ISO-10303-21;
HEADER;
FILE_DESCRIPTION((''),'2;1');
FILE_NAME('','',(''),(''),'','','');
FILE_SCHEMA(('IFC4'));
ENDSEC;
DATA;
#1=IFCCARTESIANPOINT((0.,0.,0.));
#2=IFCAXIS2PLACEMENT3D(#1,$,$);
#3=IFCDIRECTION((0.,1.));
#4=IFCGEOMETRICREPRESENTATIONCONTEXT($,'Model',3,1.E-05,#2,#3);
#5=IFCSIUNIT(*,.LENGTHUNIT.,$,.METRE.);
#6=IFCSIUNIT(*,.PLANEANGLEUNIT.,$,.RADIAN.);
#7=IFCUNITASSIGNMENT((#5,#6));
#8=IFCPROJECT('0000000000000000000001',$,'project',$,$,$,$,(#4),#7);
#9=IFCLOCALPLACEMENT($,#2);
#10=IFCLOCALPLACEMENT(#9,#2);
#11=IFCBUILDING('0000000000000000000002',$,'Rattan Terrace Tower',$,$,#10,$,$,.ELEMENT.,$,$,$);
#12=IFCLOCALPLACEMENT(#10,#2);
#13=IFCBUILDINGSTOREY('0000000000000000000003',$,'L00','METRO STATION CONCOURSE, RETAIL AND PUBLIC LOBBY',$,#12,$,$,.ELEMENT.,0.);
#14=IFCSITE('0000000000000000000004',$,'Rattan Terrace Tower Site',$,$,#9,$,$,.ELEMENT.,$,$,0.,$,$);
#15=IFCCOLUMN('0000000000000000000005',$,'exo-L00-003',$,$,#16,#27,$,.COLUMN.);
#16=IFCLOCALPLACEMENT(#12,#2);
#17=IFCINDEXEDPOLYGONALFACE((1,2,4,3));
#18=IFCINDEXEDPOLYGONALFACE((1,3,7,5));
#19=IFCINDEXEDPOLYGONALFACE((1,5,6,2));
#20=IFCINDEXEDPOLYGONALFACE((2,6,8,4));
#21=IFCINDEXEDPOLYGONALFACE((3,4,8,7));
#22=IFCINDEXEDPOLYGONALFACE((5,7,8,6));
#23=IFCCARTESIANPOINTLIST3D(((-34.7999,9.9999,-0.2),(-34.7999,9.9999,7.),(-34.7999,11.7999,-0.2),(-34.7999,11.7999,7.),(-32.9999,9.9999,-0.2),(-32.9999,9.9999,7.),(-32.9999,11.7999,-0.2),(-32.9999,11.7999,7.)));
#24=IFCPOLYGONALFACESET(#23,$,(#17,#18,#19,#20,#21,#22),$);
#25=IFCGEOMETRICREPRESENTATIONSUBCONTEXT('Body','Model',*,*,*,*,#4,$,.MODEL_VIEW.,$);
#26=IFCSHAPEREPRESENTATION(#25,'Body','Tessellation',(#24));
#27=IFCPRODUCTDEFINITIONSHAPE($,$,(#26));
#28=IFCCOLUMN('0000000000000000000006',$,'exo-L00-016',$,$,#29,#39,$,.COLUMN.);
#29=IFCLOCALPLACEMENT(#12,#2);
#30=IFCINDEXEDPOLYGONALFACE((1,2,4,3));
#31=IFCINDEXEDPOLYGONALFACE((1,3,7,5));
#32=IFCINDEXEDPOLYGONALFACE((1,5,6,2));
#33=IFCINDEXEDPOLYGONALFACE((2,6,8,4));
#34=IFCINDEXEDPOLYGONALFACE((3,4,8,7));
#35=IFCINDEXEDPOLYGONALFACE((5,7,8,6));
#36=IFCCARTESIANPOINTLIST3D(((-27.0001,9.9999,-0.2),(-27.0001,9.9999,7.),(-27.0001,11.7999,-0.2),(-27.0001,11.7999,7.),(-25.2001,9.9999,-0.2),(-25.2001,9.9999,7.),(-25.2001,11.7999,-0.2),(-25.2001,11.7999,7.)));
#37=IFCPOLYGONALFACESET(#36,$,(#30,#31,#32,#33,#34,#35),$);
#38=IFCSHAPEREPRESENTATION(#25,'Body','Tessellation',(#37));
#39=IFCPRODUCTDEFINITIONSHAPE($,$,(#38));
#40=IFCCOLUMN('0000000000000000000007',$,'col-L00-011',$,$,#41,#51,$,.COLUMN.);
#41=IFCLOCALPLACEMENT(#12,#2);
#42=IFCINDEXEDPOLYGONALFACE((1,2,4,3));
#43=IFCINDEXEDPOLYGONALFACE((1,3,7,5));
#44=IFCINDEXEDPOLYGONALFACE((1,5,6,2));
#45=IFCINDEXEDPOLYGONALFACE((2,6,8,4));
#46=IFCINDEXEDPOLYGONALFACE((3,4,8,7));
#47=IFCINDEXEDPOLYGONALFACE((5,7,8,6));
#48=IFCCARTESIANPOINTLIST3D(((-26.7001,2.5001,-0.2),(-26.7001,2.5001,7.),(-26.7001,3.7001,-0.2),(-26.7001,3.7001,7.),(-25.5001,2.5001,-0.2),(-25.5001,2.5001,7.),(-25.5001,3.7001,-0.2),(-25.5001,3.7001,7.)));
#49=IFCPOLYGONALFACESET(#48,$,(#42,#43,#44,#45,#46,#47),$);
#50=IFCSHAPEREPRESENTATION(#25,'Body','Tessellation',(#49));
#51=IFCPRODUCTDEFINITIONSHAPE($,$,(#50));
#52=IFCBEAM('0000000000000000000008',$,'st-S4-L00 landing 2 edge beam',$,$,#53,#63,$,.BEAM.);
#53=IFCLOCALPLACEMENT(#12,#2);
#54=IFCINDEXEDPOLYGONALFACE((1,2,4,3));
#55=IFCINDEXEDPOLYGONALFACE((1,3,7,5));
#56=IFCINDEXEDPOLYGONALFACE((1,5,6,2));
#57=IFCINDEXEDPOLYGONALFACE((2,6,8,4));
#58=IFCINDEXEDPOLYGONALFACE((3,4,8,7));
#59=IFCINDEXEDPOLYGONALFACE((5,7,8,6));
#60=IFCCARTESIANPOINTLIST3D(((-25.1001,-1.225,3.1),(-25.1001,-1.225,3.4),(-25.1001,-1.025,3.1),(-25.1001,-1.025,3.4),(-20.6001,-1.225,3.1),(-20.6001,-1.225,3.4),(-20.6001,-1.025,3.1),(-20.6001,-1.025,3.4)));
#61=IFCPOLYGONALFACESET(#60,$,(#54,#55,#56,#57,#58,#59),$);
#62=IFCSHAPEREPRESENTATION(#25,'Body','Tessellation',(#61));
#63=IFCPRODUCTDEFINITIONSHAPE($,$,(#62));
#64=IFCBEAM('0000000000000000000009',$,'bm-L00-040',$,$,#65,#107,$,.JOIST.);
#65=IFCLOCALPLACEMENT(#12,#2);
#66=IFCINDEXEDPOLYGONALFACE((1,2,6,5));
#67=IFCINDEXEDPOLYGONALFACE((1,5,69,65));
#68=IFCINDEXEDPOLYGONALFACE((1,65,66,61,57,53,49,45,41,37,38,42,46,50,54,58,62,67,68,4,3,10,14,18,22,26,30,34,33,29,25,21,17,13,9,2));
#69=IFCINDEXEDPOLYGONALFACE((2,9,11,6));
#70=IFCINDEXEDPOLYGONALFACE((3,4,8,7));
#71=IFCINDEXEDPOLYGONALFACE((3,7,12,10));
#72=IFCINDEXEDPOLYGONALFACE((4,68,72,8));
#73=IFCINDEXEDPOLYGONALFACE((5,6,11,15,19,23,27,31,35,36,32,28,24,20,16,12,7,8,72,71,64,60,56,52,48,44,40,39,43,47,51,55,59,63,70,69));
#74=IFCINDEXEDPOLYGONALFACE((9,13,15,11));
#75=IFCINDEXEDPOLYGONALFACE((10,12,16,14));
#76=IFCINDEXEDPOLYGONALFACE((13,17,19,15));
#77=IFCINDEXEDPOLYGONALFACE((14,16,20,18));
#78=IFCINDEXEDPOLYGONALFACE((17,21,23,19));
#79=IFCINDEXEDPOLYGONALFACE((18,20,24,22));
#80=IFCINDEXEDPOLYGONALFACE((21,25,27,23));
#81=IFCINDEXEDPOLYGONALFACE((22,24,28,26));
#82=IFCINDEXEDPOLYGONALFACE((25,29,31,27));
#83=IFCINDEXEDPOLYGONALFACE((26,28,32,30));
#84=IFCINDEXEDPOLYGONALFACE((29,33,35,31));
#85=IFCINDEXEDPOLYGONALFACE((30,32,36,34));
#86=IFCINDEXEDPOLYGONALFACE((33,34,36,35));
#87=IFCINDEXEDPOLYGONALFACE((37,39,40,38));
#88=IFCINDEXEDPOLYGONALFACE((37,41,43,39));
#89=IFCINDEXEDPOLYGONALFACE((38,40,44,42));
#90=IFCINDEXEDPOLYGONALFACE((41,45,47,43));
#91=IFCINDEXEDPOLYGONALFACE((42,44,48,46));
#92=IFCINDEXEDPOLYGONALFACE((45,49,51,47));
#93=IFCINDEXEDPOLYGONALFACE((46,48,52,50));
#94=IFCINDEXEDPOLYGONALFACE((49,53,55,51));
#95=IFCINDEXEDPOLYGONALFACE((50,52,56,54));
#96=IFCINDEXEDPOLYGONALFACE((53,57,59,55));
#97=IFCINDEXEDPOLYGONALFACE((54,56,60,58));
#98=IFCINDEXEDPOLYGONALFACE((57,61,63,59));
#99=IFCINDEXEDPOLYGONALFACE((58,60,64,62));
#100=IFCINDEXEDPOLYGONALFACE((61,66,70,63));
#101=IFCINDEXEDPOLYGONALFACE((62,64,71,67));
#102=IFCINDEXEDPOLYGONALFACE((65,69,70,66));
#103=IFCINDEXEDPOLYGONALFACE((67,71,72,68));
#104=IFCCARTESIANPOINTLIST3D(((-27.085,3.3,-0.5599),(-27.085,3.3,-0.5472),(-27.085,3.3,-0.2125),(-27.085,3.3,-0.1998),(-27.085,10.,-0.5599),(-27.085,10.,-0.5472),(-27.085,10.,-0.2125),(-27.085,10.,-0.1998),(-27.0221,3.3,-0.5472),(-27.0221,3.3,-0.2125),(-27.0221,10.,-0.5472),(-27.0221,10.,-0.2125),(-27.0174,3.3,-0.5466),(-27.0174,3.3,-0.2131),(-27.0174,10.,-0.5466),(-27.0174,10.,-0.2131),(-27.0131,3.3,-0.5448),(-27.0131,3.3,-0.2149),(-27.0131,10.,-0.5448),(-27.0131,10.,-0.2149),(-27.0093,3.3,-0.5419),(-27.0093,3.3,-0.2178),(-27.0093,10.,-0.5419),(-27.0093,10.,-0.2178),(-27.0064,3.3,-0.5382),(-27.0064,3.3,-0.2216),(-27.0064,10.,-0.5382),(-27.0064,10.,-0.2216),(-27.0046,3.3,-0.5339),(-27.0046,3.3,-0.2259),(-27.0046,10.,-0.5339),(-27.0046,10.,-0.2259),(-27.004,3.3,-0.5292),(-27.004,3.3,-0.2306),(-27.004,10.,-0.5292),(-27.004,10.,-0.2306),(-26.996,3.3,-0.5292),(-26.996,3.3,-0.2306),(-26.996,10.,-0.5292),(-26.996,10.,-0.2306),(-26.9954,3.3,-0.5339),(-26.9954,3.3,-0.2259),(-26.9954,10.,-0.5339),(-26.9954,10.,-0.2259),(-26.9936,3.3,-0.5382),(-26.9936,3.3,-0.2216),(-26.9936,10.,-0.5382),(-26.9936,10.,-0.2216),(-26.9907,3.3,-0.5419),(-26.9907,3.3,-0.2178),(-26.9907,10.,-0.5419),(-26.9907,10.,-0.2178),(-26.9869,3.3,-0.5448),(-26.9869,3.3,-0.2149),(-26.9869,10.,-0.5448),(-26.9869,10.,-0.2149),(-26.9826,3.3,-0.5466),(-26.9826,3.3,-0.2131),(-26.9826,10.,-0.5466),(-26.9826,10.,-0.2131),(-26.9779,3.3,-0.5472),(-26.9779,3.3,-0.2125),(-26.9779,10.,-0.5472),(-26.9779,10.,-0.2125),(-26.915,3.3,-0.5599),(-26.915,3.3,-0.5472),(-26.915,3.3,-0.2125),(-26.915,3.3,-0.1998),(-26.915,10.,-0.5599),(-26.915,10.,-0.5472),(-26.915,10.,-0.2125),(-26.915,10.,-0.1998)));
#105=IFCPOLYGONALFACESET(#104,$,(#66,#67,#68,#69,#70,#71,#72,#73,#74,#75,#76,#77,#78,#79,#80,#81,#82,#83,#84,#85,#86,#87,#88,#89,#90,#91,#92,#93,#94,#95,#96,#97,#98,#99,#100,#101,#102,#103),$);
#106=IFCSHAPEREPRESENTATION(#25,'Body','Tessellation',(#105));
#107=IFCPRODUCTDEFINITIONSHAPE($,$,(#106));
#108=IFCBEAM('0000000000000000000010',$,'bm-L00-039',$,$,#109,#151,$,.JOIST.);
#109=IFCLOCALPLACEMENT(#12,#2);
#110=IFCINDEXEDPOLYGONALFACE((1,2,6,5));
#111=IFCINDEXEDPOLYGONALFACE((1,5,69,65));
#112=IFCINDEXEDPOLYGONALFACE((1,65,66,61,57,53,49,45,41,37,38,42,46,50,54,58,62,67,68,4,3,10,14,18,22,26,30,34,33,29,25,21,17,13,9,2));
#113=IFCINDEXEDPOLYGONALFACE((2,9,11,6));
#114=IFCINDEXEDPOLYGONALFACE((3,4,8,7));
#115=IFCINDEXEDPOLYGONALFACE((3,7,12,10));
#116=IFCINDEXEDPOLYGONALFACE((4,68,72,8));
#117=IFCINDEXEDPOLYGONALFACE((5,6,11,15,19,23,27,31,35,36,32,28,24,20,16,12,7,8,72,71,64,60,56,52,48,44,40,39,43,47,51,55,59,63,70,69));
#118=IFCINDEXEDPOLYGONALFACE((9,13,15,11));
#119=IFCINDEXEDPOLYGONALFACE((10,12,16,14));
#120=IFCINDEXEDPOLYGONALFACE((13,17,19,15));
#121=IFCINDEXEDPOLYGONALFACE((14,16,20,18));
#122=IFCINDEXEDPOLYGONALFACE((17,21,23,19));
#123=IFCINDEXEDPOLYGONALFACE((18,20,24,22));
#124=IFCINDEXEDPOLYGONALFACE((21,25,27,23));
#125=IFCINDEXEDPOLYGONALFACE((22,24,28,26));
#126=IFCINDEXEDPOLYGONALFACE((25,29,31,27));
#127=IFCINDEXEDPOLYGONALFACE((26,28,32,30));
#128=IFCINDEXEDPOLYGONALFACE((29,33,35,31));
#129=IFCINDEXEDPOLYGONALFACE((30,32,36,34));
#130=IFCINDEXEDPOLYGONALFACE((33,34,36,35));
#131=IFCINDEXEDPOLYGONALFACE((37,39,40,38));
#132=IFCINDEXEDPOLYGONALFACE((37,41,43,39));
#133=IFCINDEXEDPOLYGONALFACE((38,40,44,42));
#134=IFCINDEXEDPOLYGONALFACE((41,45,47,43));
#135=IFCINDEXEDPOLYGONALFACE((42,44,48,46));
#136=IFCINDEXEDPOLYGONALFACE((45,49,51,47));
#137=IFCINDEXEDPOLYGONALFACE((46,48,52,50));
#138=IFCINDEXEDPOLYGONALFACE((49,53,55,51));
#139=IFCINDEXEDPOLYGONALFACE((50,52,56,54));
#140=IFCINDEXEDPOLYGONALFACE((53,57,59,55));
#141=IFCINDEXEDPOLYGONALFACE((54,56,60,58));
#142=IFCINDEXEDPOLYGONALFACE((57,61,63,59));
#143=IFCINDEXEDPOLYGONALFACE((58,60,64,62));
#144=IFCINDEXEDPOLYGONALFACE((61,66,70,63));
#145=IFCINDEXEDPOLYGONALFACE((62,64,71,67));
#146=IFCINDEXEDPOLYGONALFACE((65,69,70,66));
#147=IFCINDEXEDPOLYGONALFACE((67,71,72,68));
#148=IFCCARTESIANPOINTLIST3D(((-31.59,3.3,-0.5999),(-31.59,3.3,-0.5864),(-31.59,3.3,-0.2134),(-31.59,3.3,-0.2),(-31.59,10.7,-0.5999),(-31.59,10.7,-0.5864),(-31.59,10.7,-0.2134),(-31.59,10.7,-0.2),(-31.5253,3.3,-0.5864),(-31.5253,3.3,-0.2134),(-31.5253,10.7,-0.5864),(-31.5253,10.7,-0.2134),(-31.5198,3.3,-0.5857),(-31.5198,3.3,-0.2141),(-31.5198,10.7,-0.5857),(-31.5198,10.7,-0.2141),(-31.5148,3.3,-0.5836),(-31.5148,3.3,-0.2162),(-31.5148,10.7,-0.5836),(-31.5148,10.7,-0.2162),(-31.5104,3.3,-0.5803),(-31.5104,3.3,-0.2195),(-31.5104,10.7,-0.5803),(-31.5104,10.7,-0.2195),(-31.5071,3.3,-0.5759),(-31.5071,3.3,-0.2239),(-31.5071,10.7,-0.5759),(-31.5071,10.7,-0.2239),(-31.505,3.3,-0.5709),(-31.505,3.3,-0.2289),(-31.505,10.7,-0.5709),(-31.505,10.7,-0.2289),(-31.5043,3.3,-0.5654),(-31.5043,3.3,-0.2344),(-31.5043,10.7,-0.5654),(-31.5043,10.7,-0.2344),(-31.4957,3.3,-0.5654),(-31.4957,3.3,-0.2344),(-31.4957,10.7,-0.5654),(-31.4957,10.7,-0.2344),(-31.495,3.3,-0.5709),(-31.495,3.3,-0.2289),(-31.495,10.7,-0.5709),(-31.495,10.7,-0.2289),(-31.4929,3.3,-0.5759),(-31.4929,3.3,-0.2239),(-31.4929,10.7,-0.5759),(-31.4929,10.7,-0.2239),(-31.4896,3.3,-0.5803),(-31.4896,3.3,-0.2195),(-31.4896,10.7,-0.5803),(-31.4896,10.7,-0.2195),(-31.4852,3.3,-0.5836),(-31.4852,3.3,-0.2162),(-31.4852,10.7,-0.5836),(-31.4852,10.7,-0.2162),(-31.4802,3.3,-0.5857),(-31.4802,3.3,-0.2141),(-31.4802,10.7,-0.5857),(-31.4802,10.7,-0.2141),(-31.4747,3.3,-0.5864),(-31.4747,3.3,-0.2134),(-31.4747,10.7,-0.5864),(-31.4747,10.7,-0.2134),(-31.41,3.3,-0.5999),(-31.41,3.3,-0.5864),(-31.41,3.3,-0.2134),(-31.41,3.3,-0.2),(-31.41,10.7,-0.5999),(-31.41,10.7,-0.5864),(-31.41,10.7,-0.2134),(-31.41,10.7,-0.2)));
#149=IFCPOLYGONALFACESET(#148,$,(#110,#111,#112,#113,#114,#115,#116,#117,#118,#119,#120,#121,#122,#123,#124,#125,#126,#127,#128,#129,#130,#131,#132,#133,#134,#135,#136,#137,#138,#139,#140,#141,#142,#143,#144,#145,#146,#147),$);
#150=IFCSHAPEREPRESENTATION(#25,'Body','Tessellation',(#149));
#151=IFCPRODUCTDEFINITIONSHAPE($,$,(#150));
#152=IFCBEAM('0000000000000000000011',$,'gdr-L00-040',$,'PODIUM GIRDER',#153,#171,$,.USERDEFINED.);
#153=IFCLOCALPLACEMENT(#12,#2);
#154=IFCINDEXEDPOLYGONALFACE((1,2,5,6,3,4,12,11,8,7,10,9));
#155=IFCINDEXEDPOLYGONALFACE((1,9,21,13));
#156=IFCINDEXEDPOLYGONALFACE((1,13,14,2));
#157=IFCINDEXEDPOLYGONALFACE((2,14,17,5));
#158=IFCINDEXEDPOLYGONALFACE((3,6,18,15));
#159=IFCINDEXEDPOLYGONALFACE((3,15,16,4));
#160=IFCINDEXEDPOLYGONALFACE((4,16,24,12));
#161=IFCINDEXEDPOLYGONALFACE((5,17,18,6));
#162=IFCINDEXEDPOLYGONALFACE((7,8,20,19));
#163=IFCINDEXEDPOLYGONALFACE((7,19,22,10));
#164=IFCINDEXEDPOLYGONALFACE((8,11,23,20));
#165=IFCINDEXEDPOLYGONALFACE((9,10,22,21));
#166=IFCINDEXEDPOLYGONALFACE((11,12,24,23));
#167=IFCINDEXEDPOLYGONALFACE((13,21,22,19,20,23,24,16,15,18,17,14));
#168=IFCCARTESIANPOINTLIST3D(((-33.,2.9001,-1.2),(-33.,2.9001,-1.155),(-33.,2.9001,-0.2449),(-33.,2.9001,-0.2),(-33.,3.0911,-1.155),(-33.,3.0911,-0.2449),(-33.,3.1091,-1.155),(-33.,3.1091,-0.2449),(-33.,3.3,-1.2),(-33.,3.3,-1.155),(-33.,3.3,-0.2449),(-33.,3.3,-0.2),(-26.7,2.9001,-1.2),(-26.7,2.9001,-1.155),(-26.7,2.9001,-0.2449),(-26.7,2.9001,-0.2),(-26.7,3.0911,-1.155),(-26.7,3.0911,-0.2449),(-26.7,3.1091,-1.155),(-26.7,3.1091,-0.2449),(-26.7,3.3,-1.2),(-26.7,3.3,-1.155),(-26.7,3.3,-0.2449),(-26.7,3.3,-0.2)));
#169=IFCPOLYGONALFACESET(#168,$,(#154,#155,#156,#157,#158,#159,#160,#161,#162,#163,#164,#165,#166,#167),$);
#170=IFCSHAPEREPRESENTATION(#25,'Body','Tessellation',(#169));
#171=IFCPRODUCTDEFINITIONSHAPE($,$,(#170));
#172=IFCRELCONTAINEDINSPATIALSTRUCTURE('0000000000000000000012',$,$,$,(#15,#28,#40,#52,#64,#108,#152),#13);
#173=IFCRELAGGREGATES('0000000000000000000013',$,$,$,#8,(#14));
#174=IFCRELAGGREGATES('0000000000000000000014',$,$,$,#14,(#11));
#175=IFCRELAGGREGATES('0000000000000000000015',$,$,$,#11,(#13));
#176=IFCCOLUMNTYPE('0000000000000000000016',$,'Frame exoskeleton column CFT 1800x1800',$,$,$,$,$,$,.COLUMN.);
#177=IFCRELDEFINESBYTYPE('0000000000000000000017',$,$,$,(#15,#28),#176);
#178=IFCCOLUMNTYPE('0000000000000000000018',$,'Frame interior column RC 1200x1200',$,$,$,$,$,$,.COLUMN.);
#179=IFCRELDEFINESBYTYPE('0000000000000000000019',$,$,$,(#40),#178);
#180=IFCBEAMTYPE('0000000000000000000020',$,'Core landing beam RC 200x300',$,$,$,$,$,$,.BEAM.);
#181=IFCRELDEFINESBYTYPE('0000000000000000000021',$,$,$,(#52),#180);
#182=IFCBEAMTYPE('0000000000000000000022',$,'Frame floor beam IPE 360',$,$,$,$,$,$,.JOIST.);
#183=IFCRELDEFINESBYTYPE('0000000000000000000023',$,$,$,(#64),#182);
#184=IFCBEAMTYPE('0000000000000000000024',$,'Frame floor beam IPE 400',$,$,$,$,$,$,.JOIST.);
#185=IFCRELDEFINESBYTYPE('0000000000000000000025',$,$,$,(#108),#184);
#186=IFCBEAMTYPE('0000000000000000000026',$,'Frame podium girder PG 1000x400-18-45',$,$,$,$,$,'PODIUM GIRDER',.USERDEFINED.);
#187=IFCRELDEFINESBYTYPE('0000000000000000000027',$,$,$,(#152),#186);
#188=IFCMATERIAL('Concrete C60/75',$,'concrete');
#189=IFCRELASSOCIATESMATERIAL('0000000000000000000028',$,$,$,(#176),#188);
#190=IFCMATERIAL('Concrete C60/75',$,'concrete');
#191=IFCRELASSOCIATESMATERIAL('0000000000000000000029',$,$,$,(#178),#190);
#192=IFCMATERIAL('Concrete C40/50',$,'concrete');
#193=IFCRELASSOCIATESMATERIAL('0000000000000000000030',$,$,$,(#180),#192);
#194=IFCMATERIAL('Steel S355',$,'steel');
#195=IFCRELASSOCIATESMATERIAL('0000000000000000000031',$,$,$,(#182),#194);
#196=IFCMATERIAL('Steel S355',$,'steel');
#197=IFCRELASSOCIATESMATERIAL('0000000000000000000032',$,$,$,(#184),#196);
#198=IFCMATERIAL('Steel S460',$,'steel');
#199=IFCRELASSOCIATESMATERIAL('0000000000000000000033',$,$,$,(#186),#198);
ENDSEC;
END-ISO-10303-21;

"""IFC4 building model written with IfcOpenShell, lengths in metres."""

from ifc_helpers import new_model, si_unit, direction, frame, origin, origin_2d, place, context, subcontext, project, spatial, rectangle, i_section, extrude, material, material_profile, profile_set, type_object, element, save


model = new_model("IFC4")

# Units and contexts
model_context = context("Model", 3, precision=1e-05, world=origin(), true_north=direction((0.0, 1.0)))
body_context = subcontext(model_context, "Body", "Model", "MODEL_VIEW")
ifc_project = project(units=[si_unit("LENGTHUNIT", "METRE"), si_unit("PLANEANGLEUNIT", "RADIAN")], contexts=[model_context])

# Site, building, storey
site_placement = place(None, origin())
site = spatial("IfcSite", under=ifc_project, at=site_placement, Name="Rattan Terrace Tower Site", CompositionType="ELEMENT", RefElevation=0.0)
building_placement = place(site_placement, origin())
building = spatial("IfcBuilding", under=site, at=building_placement, Name="Rattan Terrace Tower", CompositionType="ELEMENT")
storey_placement = place(building_placement, origin())
storey = spatial("IfcBuildingStorey", under=building, at=storey_placement, Name="L00", Description="METRO STATION CONCOURSE, RETAIL AND PUBLIC LOBBY", CompositionType="ELEMENT", Elevation=0.0)

# Columns
ifc_material_1 = material(Name="Concrete C60/75", Category="concrete")
ifc_material_profile_1 = material_profile(ifc_material_1, rectangle(XDim=1.8, YDim=1.8, at=origin_2d()), Name="CFT 1800x1800")
ifc_profile_set_1 = profile_set([ifc_material_profile_1], Name="Concrete C60/75")
column_type_1 = type_object("IfcColumnType", Name="Frame exoskeleton column CFT 1800x1800", PredefinedType="COLUMN", material=ifc_profile_set_1)
for number, where, z_axis, x_axis, name in (
    (1, (-33.8999, 10.8999, -0.2), (0.0, 0.0, 1.0), (1.0, 0.0, 0.0), "exo-L00-003"),
    (2, (-26.1001, 10.8999, -0.2), (0.0, 0.0, 1.0), (1.0, 0.0, 0.0), "exo-L00-016"),
):
    element("IfcColumn", number, at=place(storey_placement, frame(where, z_axis=z_axis, x_axis=x_axis)), inside=storey, type_object=column_type_1, Name=name, PredefinedType="COLUMN", context=body_context, shape_type="SweptSolid", body=[
        extrude(rectangle(XDim=1.8, YDim=1.8, at=origin_2d()), origin(), (0.0, 0.0, 1.0), 7.2),
    ])
ifc_material_2 = material(Name="Concrete C60/75", Category="concrete")
ifc_material_profile_2 = material_profile(ifc_material_2, rectangle(XDim=1.2, YDim=1.2, at=origin_2d()), Name="RC 1200x1200")
ifc_profile_set_2 = profile_set([ifc_material_profile_2], Name="Concrete C60/75")
column_type_2 = type_object("IfcColumnType", Name="Frame interior column RC 1200x1200", PredefinedType="COLUMN", material=ifc_profile_set_2)
column_placement = place(storey_placement, frame((-26.1001, 3.1001, -0.2), z_axis=(0.0, 0.0, 1.0), x_axis=(1.0, 0.0, 0.0)))
element("IfcColumn", 3, at=column_placement, inside=storey, type_object=column_type_2, Name="col-L00-011", PredefinedType="COLUMN", context=body_context, shape_type="SweptSolid", body=[
    extrude(rectangle(XDim=1.2, YDim=1.2, at=origin_2d()), origin(), (0.0, 0.0, 1.0), 7.2),
])

# Beams
ifc_material_3 = material(Name="Concrete C40/50", Category="concrete")
ifc_material_profile_3 = material_profile(ifc_material_3, rectangle(XDim=0.2, YDim=0.3, at=origin_2d()), Name="RC 200x300")
ifc_profile_set_3 = profile_set([ifc_material_profile_3], Name="Concrete C40/50")
beam_type_1 = type_object("IfcBeamType", Name="Core landing beam RC 200x300", PredefinedType="BEAM", material=ifc_profile_set_3)
beam_1_placement = place(storey_placement, frame((-25.1001, -1.125, 3.25), z_axis=(1.0, 0.0, 0.0), x_axis=(0.0, 1.0, 0.0)))
element("IfcBeam", 4, at=beam_1_placement, inside=storey, type_object=beam_type_1, Name="st-S4-L00 landing 2 edge beam", PredefinedType="BEAM", context=body_context, shape_type="SweptSolid", body=[
    extrude(rectangle(XDim=0.2, YDim=0.3, at=origin_2d()), origin(), (0.0, 0.0, 1.0), 4.5),
])
ifc_material_4 = material(Name="Steel S355", Category="steel")
ifc_material_profile_4 = material_profile(ifc_material_4, i_section(OverallWidth=0.1699, OverallDepth=0.3601, WebThickness=0.0081, FlangeThickness=0.0127, FilletRadius=0.0181, at=origin_2d()), Name="IPE 360")
ifc_profile_set_4 = profile_set([ifc_material_profile_4], Name="Steel S355")
beam_type_2 = type_object("IfcBeamType", Name="Frame floor beam IPE 360", PredefinedType="JOIST", material=ifc_profile_set_4)
beam_2_placement = place(storey_placement, frame((-27.0, 3.3, -0.3799), z_axis=(0.0, 1.0, 0.0), x_axis=(-1.0, 0.0, 0.0)))
element("IfcBeam", 5, at=beam_2_placement, inside=storey, type_object=beam_type_2, Name="bm-L00-040", PredefinedType="JOIST", context=body_context, shape_type="SweptSolid", body=[
    extrude(i_section(OverallWidth=0.1699, OverallDepth=0.3601, WebThickness=0.0081, FlangeThickness=0.0127, FilletRadius=0.0181, at=origin_2d()), origin(), (0.0, 0.0, 1.0), 6.7),
])
ifc_material_5 = material(Name="Steel S355", Category="steel")
ifc_material_profile_5 = material_profile(ifc_material_5, i_section(OverallWidth=0.1799, OverallDepth=0.3999, WebThickness=0.0085, FlangeThickness=0.0134, FilletRadius=0.021, at=origin_2d()), Name="IPE 400")
ifc_profile_set_5 = profile_set([ifc_material_profile_5], Name="Steel S355")
beam_type_3 = type_object("IfcBeamType", Name="Frame floor beam IPE 400", PredefinedType="JOIST", material=ifc_profile_set_5)
beam_3_placement = place(storey_placement, frame((-31.5, 3.3, -0.3999), z_axis=(0.0, 1.0, 0.0), x_axis=(-1.0, 0.0, 0.0)))
element("IfcBeam", 6, at=beam_3_placement, inside=storey, type_object=beam_type_3, Name="bm-L00-039", PredefinedType="JOIST", context=body_context, shape_type="SweptSolid", body=[
    extrude(i_section(OverallWidth=0.1799, OverallDepth=0.3999, WebThickness=0.0085, FlangeThickness=0.0134, FilletRadius=0.021, at=origin_2d()), origin(), (0.0, 0.0, 1.0), 7.3999),
])
ifc_material_6 = material(Name="Steel S460", Category="steel")
ifc_material_profile_6 = material_profile(ifc_material_6, i_section(OverallWidth=0.3999, OverallDepth=1.0, WebThickness=0.0181, FlangeThickness=0.0449, at=origin_2d()), Name="PG 1000x400-18-45")
ifc_profile_set_6 = profile_set([ifc_material_profile_6], Name="Steel S460")
beam_type_4 = type_object("IfcBeamType", Name="Frame podium girder PG 1000x400-18-45", ElementType="PODIUM GIRDER", PredefinedType="USERDEFINED", material=ifc_profile_set_6)
for number, where, z_axis, x_axis, name in (
    (7, (-33.0, 3.1001, -0.7), (1.0, 0.0, 0.0), (0.0, 1.0, 0.0), "gdr-L00-040"),
):
    element("IfcBeam", number, at=place(storey_placement, frame(where, z_axis=z_axis, x_axis=x_axis)), inside=storey, type_object=beam_type_4, Name=name, ObjectType="PODIUM GIRDER", PredefinedType="USERDEFINED", context=body_context, shape_type="SweptSolid", body=[
        extrude(i_section(OverallWidth=0.3999, OverallDepth=1.0, WebThickness=0.0181, FlangeThickness=0.0449, at=origin_2d()), origin(), (0.0, 0.0, 1.0), 6.3),
    ])

save(model, "model.ifc")
